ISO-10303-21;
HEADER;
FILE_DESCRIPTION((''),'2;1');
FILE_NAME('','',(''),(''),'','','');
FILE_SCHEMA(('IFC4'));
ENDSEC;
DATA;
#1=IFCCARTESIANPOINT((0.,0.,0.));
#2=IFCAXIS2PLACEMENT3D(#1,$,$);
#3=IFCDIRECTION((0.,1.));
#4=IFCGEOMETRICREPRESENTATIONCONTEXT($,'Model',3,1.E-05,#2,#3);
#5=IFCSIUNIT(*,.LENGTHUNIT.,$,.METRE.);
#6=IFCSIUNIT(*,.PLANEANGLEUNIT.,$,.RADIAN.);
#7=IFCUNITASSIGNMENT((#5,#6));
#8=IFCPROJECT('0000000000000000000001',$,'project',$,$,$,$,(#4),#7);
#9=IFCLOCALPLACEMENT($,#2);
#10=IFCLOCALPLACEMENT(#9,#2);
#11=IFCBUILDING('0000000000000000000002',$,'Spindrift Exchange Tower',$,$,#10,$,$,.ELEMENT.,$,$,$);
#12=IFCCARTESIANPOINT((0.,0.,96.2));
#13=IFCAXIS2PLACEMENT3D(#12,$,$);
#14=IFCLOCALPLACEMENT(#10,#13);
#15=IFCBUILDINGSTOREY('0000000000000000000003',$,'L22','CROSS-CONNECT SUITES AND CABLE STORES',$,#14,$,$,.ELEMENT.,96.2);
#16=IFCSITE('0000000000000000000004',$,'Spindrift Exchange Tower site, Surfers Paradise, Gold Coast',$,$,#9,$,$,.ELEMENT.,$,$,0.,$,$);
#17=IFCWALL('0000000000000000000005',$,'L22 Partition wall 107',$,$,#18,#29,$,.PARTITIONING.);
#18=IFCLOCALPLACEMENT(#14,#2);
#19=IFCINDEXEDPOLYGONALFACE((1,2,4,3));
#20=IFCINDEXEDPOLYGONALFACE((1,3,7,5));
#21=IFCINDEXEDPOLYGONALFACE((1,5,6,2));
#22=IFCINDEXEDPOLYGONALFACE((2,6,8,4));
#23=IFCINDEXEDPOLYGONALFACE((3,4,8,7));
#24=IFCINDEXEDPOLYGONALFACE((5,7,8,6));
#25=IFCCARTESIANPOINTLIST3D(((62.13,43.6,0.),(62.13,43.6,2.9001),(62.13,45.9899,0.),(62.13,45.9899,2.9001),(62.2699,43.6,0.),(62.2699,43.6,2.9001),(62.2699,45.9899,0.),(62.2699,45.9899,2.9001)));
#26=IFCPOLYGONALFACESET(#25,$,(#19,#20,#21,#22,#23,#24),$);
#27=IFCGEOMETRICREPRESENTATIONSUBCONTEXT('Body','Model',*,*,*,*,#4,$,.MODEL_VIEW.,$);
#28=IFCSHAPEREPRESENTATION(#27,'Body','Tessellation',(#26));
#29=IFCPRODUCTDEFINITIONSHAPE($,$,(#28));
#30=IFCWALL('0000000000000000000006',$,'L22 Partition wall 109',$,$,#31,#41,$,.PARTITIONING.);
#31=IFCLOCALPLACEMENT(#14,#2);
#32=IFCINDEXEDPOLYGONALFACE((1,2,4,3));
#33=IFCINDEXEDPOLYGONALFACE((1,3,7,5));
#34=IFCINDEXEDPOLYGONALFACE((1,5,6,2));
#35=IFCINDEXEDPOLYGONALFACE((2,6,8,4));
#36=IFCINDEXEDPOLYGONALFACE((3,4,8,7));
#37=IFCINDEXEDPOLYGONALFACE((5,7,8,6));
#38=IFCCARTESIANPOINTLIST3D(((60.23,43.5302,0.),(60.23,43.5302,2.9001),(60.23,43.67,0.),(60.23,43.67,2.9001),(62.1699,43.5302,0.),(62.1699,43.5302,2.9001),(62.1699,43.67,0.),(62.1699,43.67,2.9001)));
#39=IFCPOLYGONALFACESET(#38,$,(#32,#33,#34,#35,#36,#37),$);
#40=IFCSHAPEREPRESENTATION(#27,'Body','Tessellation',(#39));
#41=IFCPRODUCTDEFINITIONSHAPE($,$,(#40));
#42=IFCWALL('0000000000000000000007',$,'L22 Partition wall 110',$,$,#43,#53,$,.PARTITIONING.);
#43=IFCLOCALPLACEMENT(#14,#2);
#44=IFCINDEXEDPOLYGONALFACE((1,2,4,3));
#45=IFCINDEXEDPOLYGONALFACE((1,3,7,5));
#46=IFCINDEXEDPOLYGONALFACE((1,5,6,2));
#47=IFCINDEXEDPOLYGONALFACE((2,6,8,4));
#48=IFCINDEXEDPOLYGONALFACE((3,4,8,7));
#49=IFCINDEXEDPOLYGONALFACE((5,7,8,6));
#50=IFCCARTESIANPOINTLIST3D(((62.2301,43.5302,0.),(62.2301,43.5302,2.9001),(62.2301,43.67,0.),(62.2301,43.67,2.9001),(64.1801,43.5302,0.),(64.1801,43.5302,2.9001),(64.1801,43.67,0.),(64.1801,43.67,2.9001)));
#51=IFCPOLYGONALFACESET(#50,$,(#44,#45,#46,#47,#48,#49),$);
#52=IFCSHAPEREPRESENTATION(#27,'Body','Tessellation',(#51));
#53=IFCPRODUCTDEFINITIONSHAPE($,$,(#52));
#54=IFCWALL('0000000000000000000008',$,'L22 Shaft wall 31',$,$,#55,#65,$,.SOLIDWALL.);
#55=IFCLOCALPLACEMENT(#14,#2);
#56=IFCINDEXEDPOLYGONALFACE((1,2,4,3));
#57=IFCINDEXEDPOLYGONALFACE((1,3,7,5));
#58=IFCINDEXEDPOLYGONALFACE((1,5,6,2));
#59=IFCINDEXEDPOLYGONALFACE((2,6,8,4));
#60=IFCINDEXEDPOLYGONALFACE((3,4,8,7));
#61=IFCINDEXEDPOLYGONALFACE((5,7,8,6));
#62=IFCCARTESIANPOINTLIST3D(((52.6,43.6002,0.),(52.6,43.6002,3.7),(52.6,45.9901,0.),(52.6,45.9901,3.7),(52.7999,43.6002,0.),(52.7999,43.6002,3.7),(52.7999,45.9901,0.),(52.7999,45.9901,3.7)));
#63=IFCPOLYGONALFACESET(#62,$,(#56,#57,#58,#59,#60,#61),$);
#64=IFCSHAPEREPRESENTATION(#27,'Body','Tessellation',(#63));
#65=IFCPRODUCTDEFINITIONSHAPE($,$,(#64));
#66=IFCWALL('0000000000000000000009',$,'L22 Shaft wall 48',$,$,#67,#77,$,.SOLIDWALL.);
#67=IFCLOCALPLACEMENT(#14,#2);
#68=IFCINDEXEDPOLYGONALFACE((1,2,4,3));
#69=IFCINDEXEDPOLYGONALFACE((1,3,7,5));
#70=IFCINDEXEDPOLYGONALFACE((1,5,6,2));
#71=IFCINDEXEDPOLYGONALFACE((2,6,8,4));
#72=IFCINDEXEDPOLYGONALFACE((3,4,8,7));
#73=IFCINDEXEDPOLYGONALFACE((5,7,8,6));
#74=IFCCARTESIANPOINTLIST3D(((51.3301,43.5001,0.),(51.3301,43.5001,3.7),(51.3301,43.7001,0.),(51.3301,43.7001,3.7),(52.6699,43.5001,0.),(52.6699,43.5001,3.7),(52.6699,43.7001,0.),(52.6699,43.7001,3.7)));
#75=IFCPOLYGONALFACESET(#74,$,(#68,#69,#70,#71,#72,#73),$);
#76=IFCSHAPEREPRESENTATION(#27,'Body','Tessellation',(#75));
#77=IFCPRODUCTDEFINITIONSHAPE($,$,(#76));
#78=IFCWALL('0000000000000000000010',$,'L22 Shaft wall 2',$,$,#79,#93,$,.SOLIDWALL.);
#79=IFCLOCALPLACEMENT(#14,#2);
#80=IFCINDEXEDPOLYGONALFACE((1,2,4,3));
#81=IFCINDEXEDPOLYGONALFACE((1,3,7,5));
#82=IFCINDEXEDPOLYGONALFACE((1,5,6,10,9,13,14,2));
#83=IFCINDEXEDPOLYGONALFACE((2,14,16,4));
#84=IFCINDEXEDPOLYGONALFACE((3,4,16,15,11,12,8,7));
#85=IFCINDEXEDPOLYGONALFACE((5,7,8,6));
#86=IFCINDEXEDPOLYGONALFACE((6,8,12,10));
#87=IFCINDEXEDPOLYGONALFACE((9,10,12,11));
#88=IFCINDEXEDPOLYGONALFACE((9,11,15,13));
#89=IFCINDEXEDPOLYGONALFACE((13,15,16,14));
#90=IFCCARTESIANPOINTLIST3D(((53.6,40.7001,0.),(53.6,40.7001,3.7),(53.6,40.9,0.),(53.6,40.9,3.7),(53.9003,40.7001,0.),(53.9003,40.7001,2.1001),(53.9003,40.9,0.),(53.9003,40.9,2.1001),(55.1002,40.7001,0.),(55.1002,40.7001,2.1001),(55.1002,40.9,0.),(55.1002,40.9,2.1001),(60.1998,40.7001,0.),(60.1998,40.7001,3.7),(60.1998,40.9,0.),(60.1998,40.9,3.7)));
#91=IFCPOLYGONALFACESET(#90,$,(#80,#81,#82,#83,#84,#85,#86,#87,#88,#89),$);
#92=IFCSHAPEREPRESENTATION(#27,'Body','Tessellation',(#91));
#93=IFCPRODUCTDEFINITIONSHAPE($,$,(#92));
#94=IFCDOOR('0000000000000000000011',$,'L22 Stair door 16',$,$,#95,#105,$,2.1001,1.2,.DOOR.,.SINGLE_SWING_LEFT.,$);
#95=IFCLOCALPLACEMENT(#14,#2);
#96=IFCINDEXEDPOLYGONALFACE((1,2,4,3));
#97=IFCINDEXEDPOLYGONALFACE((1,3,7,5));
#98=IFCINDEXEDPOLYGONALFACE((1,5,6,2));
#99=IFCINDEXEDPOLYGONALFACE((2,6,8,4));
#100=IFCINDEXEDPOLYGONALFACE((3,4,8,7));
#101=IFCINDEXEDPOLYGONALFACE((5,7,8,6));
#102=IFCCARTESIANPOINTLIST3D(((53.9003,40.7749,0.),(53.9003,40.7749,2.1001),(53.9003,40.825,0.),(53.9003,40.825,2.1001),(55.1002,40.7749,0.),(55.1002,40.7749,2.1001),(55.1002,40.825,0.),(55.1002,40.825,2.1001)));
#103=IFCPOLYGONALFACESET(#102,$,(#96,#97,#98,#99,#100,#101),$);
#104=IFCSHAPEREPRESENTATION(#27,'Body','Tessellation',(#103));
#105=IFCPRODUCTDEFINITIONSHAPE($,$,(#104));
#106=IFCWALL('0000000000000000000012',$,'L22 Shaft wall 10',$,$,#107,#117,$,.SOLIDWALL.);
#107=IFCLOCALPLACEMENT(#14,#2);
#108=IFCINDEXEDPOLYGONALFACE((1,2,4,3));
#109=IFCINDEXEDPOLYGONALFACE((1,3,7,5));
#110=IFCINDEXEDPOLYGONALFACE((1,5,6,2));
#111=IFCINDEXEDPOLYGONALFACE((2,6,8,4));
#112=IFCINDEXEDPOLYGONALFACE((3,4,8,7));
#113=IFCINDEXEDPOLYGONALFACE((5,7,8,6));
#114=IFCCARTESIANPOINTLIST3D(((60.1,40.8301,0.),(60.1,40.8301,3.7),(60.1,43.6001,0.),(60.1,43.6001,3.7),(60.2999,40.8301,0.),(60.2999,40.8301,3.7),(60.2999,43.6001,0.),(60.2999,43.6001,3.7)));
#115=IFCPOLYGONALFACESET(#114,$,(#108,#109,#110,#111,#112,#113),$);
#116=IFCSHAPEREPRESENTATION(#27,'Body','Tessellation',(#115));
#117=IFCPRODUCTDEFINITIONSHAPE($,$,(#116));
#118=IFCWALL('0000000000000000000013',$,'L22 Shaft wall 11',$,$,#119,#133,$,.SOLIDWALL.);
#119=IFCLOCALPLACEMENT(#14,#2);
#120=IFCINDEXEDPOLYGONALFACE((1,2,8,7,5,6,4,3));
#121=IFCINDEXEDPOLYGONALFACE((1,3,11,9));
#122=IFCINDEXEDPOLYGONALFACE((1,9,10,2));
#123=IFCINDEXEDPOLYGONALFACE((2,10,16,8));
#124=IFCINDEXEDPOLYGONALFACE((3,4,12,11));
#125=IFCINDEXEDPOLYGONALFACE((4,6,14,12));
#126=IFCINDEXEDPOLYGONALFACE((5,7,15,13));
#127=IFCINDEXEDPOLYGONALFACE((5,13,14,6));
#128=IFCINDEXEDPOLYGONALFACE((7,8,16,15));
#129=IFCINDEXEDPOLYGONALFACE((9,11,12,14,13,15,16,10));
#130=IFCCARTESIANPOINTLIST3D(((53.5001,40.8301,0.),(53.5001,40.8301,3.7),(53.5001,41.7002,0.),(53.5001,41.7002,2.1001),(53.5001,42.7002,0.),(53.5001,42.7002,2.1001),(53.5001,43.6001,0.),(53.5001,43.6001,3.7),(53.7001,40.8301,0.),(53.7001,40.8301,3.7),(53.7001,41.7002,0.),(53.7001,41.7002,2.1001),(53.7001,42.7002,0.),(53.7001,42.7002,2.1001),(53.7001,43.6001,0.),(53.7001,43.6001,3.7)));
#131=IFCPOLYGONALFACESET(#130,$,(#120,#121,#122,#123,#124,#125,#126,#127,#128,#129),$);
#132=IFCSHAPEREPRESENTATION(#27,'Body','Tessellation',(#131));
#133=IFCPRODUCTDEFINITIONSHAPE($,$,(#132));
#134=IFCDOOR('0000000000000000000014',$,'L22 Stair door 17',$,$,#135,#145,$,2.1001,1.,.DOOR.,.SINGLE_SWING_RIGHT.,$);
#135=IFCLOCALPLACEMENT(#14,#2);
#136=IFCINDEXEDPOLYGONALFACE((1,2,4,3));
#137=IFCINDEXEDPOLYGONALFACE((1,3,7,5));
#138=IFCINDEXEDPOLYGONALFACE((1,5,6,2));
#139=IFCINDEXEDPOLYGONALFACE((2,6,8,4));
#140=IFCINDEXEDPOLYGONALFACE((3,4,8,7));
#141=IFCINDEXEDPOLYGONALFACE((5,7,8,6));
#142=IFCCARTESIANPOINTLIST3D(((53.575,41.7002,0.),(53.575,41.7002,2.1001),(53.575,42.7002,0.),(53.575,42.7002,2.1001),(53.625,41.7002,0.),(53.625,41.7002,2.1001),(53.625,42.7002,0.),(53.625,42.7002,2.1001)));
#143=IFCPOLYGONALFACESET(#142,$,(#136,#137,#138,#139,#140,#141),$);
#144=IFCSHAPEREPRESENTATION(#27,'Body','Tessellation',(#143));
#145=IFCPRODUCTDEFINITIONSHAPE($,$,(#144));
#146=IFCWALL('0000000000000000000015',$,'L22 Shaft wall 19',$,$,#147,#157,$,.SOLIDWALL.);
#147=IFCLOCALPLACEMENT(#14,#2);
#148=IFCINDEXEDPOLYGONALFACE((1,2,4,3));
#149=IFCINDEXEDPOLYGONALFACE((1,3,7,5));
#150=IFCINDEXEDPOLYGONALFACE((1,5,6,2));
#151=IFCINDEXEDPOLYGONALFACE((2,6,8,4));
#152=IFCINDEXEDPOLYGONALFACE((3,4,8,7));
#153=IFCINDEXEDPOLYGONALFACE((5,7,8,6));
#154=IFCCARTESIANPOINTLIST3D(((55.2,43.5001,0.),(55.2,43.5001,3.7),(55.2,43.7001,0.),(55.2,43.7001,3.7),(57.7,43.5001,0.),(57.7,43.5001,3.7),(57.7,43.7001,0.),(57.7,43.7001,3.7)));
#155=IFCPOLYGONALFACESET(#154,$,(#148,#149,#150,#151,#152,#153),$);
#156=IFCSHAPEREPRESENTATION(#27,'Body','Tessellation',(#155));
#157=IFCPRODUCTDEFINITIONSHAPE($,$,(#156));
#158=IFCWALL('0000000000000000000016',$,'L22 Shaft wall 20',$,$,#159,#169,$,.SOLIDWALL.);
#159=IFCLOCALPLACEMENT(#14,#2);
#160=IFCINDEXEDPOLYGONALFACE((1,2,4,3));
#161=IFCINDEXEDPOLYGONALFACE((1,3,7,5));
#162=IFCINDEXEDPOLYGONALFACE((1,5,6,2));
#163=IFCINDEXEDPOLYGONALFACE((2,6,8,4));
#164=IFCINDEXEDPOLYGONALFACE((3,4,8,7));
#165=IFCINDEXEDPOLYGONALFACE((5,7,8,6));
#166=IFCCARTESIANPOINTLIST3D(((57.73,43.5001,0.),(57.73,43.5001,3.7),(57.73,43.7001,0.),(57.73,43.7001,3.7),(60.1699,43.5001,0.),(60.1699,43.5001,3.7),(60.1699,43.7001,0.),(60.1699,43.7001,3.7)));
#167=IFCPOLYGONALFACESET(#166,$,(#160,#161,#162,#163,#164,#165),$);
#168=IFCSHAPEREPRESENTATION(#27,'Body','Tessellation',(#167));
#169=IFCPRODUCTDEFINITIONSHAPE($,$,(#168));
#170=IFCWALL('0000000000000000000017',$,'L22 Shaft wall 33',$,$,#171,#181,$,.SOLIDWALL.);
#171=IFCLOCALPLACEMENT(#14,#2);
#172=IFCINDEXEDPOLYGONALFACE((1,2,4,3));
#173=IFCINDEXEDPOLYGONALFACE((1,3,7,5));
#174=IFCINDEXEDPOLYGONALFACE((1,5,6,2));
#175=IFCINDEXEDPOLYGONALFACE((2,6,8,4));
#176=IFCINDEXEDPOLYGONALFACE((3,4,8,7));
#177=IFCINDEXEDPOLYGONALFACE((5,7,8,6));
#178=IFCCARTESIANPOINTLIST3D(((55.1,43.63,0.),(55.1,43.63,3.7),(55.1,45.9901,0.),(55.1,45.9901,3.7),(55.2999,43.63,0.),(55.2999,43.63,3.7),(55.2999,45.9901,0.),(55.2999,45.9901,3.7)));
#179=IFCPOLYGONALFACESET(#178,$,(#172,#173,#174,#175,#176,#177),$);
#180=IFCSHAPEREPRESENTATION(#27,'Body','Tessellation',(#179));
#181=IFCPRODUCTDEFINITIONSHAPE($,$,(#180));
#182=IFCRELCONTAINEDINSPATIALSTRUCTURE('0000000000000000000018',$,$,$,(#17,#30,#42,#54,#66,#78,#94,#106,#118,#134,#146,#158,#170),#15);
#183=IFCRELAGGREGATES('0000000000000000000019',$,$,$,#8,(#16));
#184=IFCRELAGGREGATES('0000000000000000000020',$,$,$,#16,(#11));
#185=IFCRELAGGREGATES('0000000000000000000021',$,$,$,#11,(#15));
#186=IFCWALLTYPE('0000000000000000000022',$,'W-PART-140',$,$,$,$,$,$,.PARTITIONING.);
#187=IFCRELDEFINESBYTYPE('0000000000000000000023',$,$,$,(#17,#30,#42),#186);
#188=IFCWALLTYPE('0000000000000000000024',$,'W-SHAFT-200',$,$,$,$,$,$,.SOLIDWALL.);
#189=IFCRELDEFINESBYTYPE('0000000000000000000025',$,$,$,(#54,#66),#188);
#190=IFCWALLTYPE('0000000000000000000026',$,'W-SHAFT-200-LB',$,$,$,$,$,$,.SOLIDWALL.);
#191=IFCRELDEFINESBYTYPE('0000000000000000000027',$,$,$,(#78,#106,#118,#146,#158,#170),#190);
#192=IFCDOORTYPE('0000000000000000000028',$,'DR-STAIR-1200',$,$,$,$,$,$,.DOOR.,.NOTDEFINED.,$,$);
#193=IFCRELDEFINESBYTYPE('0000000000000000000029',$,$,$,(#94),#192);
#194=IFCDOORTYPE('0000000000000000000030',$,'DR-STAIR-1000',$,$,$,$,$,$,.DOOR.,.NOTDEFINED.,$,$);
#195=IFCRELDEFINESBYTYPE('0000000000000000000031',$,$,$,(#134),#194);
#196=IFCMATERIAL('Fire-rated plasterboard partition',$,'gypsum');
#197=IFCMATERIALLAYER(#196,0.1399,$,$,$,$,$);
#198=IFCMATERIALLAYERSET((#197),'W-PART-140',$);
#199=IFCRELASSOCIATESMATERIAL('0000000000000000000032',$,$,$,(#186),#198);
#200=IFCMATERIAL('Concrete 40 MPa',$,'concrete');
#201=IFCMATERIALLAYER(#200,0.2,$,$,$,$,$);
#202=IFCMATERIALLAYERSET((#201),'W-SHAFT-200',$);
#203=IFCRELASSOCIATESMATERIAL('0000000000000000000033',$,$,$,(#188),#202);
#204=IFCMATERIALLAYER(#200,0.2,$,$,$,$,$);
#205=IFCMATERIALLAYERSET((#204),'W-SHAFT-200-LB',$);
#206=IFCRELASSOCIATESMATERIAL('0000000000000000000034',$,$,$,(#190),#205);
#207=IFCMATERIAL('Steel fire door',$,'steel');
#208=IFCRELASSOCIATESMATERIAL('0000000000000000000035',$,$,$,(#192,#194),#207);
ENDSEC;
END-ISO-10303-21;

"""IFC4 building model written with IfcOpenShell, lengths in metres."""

from ifc_helpers import new_model, si_unit, direction, frame, frame_2d, origin, place, context, subcontext, project, spatial, rectangle, extrude, source, transform, mapped, material, layer, layer_set, type_object, element, fill, save


model = new_model("IFC4")

# Units and contexts
model_context = context("Model", 3, precision=1e-05, world=origin(), true_north=direction((0.0, 1.0)))
body_context = subcontext(model_context, "Body", "Model", "MODEL_VIEW")
ifc_project = project(units=[si_unit("LENGTHUNIT", "METRE"), si_unit("PLANEANGLEUNIT", "RADIAN")], contexts=[model_context])

# Site, building, storey
site_placement = place(None, origin())
site = spatial("IfcSite", under=ifc_project, at=site_placement, Name="Spindrift Exchange Tower site, Surfers Paradise, Gold Coast", CompositionType="ELEMENT", RefElevation=0.0)
building_placement = place(site_placement, origin())
building = spatial("IfcBuilding", under=site, at=building_placement, Name="Spindrift Exchange Tower", CompositionType="ELEMENT")
storey_placement = place(building_placement, frame((0.0, 0.0, 96.2)))
storey = spatial("IfcBuildingStorey", under=building, at=storey_placement, Name="L22", Description="CROSS-CONNECT SUITES AND CABLE STORES", CompositionType="ELEMENT", Elevation=96.2)

# Shared definitions
ifc_material_1 = material(Name="Fire-rated plasterboard partition", Category="gypsum")

# Walls
ifc_layer_1 = layer(ifc_material_1, 0.1399)
ifc_layer_set_1 = layer_set([ifc_layer_1], Name="W-PART-140")
wall_type_1 = type_object("IfcWallType", Name="W-PART-140", PredefinedType="PARTITIONING", material=ifc_layer_set_1)
wall_1_placement = place(storey_placement, frame((62.2, 43.6001, 0.0), z_axis=(0.0, 0.0, 1.0), x_axis=(0.0, 1.0, 0.0)))
element("IfcWall", 1, at=wall_1_placement, inside=storey, type_object=wall_type_1, Name="L22 Partition wall 107", PredefinedType="PARTITIONING", context=body_context, shape_type="SweptSolid", body=[
    extrude(rectangle(XDim=2.3899, YDim=0.1399, at=frame_2d((1.1948, 0.0))), origin(), (0.0, 0.0, 1.0), 2.9001),
])
wall_2_placement = place(storey_placement, frame((60.23, 43.6001, 0.0), z_axis=(0.0, 0.0, 1.0), x_axis=(1.0, 0.0, 0.0)))
element("IfcWall", 2, at=wall_2_placement, inside=storey, type_object=wall_type_1, Name="L22 Partition wall 109", PredefinedType="PARTITIONING", context=body_context, shape_type="SweptSolid", body=[
    extrude(rectangle(XDim=1.9399, YDim=0.1399, at=frame_2d((0.97, 0.0))), origin(), (0.0, 0.0, 1.0), 2.9001),
])
wall_3_placement = place(storey_placement, frame((62.23, 43.6001, 0.0), z_axis=(0.0, 0.0, 1.0), x_axis=(1.0, 0.0, 0.0)))
element("IfcWall", 3, at=wall_3_placement, inside=storey, type_object=wall_type_1, Name="L22 Partition wall 110", PredefinedType="PARTITIONING", context=body_context, shape_type="SweptSolid", body=[
    extrude(rectangle(XDim=1.95, YDim=0.1399, at=frame_2d((0.9751, 0.0))), origin(), (0.0, 0.0, 1.0), 2.9001),
])
ifc_material_2 = material(Name="Concrete 40 MPa", Category="concrete")
ifc_layer_2 = layer(ifc_material_2, 0.2)
ifc_layer_set_2 = layer_set([ifc_layer_2], Name="W-SHAFT-200")
wall_type_2 = type_object("IfcWallType", Name="W-SHAFT-200", PredefinedType="SOLIDWALL", material=ifc_layer_set_2)
wall_4_placement = place(storey_placement, frame((52.7, 45.99, 0.0), z_axis=(0.0, 0.0, 1.0), x_axis=(0.0, -1.0, 0.0)))
element("IfcWall", 4, at=wall_4_placement, inside=storey, type_object=wall_type_2, Name="L22 Shaft wall 31", PredefinedType="SOLIDWALL", context=body_context, shape_type="SweptSolid", body=[
    extrude(rectangle(XDim=2.3899, YDim=0.2, at=frame_2d((1.1948, 0.0))), origin(), (0.0, 0.0, 1.0), 3.7),
])
wall_5_placement = place(storey_placement, frame((52.6699, 43.6001, 0.0), z_axis=(0.0, 0.0, 1.0), x_axis=(-1.0, 0.0, 0.0)))
element("IfcWall", 5, at=wall_5_placement, inside=storey, type_object=wall_type_2, Name="L22 Shaft wall 48", PredefinedType="SOLIDWALL", context=body_context, shape_type="SweptSolid", body=[
    extrude(rectangle(XDim=1.3398, YDim=0.2, at=frame_2d((0.6699, 0.0))), origin(), (0.0, 0.0, 1.0), 3.7),
])

# Wall, opening, door
ifc_layer_3 = layer(ifc_material_2, 0.2)
ifc_layer_set_3 = layer_set([ifc_layer_3], Name="W-SHAFT-200-LB")
wall_type_3 = type_object("IfcWallType", Name="W-SHAFT-200-LB", PredefinedType="SOLIDWALL", material=ifc_layer_set_3)
wall_6_placement = place(storey_placement, frame((53.6001, 40.8, 0.0), z_axis=(0.0, 0.0, 1.0), x_axis=(1.0, 0.0, 0.0)))
wall_6 = element("IfcWall", 6, at=wall_6_placement, inside=storey, type_object=wall_type_3, Name="L22 Shaft wall 2", PredefinedType="SOLIDWALL", context=body_context, shape_type="SweptSolid", body=[
    extrude(rectangle(XDim=6.5999, YDim=0.2, at=frame_2d((3.2998, 0.0))), origin(), (0.0, 0.0, 1.0), 3.7),
])
opening_1_placement = place(wall_6_placement, frame((0.3, 0.0, 0.0)))
opening_1 = element("IfcOpeningElement", 7, at=opening_1_placement, cuts=wall_6, PredefinedType="OPENING", context=body_context, shape_type="SweptSolid", body=[
    extrude(rectangle(XDim=1.2, YDim=2.1001, at=frame_2d((0.6001, 1.05))), frame((0.0, 0.1099, 0.0), z_axis=(0.0, -1.0, 0.0), x_axis=(1.0, 0.0, 0.0)), (0.0, 0.0, 1.0), 0.22),
])
ifc_material_3 = material(Name="Steel fire door", Category="steel")
door_type_1 = type_object("IfcDoorType", Name="DR-STAIR-1200", OperationType="NOTDEFINED", PredefinedType="DOOR", material=ifc_material_3)
shared_shape_1 = source(origin(), body_context, "Body", "SweptSolid", [
    extrude(rectangle(XDim=1.2, YDim=2.1001, at=frame_2d((0.6001, 1.05))), frame((0.0, 0.0249, 0.0), z_axis=(0.0, -1.0, 0.0), x_axis=(1.0, 0.0, 0.0)), (0.0, 0.0, 1.0), 0.05),
])
door_1_placement = place(opening_1_placement, origin())
door_1 = element("IfcDoor", 8, at=door_1_placement, inside=storey, type_object=door_type_1, Name="L22 Stair door 16", OperationType="SINGLE_SWING_LEFT", OverallHeight=2.1001, OverallWidth=1.2, PredefinedType="DOOR", context=body_context, shape_type="MappedRepresentation", body=[
    mapped(shared_shape_1, transform((0.0, 0.0, 0.0), scale=1.0)),
])
fill(opening_1, door_1)

# Wall
wall_7_placement = place(storey_placement, frame((60.2, 40.8301, 0.0), z_axis=(0.0, 0.0, 1.0), x_axis=(0.0, 1.0, 0.0)))
element("IfcWall", 9, at=wall_7_placement, inside=storey, type_object=wall_type_3, Name="L22 Shaft wall 10", PredefinedType="SOLIDWALL", context=body_context, shape_type="SweptSolid", body=[
    extrude(rectangle(XDim=2.77, YDim=0.2, at=frame_2d((1.385, 0.0))), origin(), (0.0, 0.0, 1.0), 3.7),
])

# Wall, opening, door
wall_8_placement = place(storey_placement, frame((53.6001, 43.6001, 0.0), z_axis=(0.0, 0.0, 1.0), x_axis=(0.0, -1.0, 0.0)))
wall_8 = element("IfcWall", 10, at=wall_8_placement, inside=storey, type_object=wall_type_3, Name="L22 Shaft wall 11", PredefinedType="SOLIDWALL", context=body_context, shape_type="SweptSolid", body=[
    extrude(rectangle(XDim=2.77, YDim=0.2, at=frame_2d((1.385, 0.0))), origin(), (0.0, 0.0, 1.0), 3.7),
])
opening_2_placement = place(wall_8_placement, frame((0.8999, 0.0, 0.0)))
opening_2 = element("IfcOpeningElement", 11, at=opening_2_placement, cuts=wall_8, PredefinedType="OPENING", context=body_context, shape_type="SweptSolid", body=[
    extrude(rectangle(XDim=1.0, YDim=2.1001, at=frame_2d((0.5, 1.05))), frame((0.0, 0.1099, 0.0), z_axis=(0.0, -1.0, 0.0), x_axis=(1.0, 0.0, 0.0)), (0.0, 0.0, 1.0), 0.22),
])
door_type_2 = type_object("IfcDoorType", Name="DR-STAIR-1000", OperationType="NOTDEFINED", PredefinedType="DOOR", material=ifc_material_3)
shared_shape_2 = source(origin(), body_context, "Body", "SweptSolid", [
    extrude(rectangle(XDim=1.0, YDim=2.1001, at=frame_2d((0.5, 1.05))), frame((0.0, 0.0249, 0.0), z_axis=(0.0, -1.0, 0.0), x_axis=(1.0, 0.0, 0.0)), (0.0, 0.0, 1.0), 0.05),
])
door_2_placement = place(opening_2_placement, origin())
door_2 = element("IfcDoor", 12, at=door_2_placement, inside=storey, type_object=door_type_2, Name="L22 Stair door 17", OperationType="SINGLE_SWING_RIGHT", OverallHeight=2.1001, OverallWidth=1.0, PredefinedType="DOOR", context=body_context, shape_type="MappedRepresentation", body=[
    mapped(shared_shape_2, transform((0.0, 0.0, 0.0), scale=1.0)),
])
fill(opening_2, door_2)

# Walls
wall_9_placement = place(storey_placement, frame((55.2, 43.6001, 0.0), z_axis=(0.0, 0.0, 1.0), x_axis=(1.0, 0.0, 0.0)))
element("IfcWall", 13, at=wall_9_placement, inside=storey, type_object=wall_type_3, Name="L22 Shaft wall 19", PredefinedType="SOLIDWALL", context=body_context, shape_type="SweptSolid", body=[
    extrude(rectangle(XDim=2.5, YDim=0.2, at=frame_2d((1.25, 0.0))), origin(), (0.0, 0.0, 1.0), 3.7),
])
wall_10_placement = place(storey_placement, frame((57.73, 43.6001, 0.0), z_axis=(0.0, 0.0, 1.0), x_axis=(1.0, 0.0, 0.0)))
element("IfcWall", 14, at=wall_10_placement, inside=storey, type_object=wall_type_3, Name="L22 Shaft wall 20", PredefinedType="SOLIDWALL", context=body_context, shape_type="SweptSolid", body=[
    extrude(rectangle(XDim=2.4399, YDim=0.2, at=frame_2d((1.22, 0.0))), origin(), (0.0, 0.0, 1.0), 3.7),
])
for number, where, z_axis, x_axis, name in (
    (15, (55.2, 43.6299, 0.0), (0.0, 0.0, 1.0), (0.0, 1.0, 0.0), "L22 Shaft wall 33"),
):
    element("IfcWall", number, at=place(storey_placement, frame(where, z_axis=z_axis, x_axis=x_axis)), inside=storey, type_object=wall_type_3, Name=name, PredefinedType="SOLIDWALL", context=body_context, shape_type="SweptSolid", body=[
        extrude(rectangle(XDim=2.3601, YDim=0.2, at=frame_2d((1.1802, 0.0))), origin(), (0.0, 0.0, 1.0), 3.7),
    ])

save(model, "model.ifc")
